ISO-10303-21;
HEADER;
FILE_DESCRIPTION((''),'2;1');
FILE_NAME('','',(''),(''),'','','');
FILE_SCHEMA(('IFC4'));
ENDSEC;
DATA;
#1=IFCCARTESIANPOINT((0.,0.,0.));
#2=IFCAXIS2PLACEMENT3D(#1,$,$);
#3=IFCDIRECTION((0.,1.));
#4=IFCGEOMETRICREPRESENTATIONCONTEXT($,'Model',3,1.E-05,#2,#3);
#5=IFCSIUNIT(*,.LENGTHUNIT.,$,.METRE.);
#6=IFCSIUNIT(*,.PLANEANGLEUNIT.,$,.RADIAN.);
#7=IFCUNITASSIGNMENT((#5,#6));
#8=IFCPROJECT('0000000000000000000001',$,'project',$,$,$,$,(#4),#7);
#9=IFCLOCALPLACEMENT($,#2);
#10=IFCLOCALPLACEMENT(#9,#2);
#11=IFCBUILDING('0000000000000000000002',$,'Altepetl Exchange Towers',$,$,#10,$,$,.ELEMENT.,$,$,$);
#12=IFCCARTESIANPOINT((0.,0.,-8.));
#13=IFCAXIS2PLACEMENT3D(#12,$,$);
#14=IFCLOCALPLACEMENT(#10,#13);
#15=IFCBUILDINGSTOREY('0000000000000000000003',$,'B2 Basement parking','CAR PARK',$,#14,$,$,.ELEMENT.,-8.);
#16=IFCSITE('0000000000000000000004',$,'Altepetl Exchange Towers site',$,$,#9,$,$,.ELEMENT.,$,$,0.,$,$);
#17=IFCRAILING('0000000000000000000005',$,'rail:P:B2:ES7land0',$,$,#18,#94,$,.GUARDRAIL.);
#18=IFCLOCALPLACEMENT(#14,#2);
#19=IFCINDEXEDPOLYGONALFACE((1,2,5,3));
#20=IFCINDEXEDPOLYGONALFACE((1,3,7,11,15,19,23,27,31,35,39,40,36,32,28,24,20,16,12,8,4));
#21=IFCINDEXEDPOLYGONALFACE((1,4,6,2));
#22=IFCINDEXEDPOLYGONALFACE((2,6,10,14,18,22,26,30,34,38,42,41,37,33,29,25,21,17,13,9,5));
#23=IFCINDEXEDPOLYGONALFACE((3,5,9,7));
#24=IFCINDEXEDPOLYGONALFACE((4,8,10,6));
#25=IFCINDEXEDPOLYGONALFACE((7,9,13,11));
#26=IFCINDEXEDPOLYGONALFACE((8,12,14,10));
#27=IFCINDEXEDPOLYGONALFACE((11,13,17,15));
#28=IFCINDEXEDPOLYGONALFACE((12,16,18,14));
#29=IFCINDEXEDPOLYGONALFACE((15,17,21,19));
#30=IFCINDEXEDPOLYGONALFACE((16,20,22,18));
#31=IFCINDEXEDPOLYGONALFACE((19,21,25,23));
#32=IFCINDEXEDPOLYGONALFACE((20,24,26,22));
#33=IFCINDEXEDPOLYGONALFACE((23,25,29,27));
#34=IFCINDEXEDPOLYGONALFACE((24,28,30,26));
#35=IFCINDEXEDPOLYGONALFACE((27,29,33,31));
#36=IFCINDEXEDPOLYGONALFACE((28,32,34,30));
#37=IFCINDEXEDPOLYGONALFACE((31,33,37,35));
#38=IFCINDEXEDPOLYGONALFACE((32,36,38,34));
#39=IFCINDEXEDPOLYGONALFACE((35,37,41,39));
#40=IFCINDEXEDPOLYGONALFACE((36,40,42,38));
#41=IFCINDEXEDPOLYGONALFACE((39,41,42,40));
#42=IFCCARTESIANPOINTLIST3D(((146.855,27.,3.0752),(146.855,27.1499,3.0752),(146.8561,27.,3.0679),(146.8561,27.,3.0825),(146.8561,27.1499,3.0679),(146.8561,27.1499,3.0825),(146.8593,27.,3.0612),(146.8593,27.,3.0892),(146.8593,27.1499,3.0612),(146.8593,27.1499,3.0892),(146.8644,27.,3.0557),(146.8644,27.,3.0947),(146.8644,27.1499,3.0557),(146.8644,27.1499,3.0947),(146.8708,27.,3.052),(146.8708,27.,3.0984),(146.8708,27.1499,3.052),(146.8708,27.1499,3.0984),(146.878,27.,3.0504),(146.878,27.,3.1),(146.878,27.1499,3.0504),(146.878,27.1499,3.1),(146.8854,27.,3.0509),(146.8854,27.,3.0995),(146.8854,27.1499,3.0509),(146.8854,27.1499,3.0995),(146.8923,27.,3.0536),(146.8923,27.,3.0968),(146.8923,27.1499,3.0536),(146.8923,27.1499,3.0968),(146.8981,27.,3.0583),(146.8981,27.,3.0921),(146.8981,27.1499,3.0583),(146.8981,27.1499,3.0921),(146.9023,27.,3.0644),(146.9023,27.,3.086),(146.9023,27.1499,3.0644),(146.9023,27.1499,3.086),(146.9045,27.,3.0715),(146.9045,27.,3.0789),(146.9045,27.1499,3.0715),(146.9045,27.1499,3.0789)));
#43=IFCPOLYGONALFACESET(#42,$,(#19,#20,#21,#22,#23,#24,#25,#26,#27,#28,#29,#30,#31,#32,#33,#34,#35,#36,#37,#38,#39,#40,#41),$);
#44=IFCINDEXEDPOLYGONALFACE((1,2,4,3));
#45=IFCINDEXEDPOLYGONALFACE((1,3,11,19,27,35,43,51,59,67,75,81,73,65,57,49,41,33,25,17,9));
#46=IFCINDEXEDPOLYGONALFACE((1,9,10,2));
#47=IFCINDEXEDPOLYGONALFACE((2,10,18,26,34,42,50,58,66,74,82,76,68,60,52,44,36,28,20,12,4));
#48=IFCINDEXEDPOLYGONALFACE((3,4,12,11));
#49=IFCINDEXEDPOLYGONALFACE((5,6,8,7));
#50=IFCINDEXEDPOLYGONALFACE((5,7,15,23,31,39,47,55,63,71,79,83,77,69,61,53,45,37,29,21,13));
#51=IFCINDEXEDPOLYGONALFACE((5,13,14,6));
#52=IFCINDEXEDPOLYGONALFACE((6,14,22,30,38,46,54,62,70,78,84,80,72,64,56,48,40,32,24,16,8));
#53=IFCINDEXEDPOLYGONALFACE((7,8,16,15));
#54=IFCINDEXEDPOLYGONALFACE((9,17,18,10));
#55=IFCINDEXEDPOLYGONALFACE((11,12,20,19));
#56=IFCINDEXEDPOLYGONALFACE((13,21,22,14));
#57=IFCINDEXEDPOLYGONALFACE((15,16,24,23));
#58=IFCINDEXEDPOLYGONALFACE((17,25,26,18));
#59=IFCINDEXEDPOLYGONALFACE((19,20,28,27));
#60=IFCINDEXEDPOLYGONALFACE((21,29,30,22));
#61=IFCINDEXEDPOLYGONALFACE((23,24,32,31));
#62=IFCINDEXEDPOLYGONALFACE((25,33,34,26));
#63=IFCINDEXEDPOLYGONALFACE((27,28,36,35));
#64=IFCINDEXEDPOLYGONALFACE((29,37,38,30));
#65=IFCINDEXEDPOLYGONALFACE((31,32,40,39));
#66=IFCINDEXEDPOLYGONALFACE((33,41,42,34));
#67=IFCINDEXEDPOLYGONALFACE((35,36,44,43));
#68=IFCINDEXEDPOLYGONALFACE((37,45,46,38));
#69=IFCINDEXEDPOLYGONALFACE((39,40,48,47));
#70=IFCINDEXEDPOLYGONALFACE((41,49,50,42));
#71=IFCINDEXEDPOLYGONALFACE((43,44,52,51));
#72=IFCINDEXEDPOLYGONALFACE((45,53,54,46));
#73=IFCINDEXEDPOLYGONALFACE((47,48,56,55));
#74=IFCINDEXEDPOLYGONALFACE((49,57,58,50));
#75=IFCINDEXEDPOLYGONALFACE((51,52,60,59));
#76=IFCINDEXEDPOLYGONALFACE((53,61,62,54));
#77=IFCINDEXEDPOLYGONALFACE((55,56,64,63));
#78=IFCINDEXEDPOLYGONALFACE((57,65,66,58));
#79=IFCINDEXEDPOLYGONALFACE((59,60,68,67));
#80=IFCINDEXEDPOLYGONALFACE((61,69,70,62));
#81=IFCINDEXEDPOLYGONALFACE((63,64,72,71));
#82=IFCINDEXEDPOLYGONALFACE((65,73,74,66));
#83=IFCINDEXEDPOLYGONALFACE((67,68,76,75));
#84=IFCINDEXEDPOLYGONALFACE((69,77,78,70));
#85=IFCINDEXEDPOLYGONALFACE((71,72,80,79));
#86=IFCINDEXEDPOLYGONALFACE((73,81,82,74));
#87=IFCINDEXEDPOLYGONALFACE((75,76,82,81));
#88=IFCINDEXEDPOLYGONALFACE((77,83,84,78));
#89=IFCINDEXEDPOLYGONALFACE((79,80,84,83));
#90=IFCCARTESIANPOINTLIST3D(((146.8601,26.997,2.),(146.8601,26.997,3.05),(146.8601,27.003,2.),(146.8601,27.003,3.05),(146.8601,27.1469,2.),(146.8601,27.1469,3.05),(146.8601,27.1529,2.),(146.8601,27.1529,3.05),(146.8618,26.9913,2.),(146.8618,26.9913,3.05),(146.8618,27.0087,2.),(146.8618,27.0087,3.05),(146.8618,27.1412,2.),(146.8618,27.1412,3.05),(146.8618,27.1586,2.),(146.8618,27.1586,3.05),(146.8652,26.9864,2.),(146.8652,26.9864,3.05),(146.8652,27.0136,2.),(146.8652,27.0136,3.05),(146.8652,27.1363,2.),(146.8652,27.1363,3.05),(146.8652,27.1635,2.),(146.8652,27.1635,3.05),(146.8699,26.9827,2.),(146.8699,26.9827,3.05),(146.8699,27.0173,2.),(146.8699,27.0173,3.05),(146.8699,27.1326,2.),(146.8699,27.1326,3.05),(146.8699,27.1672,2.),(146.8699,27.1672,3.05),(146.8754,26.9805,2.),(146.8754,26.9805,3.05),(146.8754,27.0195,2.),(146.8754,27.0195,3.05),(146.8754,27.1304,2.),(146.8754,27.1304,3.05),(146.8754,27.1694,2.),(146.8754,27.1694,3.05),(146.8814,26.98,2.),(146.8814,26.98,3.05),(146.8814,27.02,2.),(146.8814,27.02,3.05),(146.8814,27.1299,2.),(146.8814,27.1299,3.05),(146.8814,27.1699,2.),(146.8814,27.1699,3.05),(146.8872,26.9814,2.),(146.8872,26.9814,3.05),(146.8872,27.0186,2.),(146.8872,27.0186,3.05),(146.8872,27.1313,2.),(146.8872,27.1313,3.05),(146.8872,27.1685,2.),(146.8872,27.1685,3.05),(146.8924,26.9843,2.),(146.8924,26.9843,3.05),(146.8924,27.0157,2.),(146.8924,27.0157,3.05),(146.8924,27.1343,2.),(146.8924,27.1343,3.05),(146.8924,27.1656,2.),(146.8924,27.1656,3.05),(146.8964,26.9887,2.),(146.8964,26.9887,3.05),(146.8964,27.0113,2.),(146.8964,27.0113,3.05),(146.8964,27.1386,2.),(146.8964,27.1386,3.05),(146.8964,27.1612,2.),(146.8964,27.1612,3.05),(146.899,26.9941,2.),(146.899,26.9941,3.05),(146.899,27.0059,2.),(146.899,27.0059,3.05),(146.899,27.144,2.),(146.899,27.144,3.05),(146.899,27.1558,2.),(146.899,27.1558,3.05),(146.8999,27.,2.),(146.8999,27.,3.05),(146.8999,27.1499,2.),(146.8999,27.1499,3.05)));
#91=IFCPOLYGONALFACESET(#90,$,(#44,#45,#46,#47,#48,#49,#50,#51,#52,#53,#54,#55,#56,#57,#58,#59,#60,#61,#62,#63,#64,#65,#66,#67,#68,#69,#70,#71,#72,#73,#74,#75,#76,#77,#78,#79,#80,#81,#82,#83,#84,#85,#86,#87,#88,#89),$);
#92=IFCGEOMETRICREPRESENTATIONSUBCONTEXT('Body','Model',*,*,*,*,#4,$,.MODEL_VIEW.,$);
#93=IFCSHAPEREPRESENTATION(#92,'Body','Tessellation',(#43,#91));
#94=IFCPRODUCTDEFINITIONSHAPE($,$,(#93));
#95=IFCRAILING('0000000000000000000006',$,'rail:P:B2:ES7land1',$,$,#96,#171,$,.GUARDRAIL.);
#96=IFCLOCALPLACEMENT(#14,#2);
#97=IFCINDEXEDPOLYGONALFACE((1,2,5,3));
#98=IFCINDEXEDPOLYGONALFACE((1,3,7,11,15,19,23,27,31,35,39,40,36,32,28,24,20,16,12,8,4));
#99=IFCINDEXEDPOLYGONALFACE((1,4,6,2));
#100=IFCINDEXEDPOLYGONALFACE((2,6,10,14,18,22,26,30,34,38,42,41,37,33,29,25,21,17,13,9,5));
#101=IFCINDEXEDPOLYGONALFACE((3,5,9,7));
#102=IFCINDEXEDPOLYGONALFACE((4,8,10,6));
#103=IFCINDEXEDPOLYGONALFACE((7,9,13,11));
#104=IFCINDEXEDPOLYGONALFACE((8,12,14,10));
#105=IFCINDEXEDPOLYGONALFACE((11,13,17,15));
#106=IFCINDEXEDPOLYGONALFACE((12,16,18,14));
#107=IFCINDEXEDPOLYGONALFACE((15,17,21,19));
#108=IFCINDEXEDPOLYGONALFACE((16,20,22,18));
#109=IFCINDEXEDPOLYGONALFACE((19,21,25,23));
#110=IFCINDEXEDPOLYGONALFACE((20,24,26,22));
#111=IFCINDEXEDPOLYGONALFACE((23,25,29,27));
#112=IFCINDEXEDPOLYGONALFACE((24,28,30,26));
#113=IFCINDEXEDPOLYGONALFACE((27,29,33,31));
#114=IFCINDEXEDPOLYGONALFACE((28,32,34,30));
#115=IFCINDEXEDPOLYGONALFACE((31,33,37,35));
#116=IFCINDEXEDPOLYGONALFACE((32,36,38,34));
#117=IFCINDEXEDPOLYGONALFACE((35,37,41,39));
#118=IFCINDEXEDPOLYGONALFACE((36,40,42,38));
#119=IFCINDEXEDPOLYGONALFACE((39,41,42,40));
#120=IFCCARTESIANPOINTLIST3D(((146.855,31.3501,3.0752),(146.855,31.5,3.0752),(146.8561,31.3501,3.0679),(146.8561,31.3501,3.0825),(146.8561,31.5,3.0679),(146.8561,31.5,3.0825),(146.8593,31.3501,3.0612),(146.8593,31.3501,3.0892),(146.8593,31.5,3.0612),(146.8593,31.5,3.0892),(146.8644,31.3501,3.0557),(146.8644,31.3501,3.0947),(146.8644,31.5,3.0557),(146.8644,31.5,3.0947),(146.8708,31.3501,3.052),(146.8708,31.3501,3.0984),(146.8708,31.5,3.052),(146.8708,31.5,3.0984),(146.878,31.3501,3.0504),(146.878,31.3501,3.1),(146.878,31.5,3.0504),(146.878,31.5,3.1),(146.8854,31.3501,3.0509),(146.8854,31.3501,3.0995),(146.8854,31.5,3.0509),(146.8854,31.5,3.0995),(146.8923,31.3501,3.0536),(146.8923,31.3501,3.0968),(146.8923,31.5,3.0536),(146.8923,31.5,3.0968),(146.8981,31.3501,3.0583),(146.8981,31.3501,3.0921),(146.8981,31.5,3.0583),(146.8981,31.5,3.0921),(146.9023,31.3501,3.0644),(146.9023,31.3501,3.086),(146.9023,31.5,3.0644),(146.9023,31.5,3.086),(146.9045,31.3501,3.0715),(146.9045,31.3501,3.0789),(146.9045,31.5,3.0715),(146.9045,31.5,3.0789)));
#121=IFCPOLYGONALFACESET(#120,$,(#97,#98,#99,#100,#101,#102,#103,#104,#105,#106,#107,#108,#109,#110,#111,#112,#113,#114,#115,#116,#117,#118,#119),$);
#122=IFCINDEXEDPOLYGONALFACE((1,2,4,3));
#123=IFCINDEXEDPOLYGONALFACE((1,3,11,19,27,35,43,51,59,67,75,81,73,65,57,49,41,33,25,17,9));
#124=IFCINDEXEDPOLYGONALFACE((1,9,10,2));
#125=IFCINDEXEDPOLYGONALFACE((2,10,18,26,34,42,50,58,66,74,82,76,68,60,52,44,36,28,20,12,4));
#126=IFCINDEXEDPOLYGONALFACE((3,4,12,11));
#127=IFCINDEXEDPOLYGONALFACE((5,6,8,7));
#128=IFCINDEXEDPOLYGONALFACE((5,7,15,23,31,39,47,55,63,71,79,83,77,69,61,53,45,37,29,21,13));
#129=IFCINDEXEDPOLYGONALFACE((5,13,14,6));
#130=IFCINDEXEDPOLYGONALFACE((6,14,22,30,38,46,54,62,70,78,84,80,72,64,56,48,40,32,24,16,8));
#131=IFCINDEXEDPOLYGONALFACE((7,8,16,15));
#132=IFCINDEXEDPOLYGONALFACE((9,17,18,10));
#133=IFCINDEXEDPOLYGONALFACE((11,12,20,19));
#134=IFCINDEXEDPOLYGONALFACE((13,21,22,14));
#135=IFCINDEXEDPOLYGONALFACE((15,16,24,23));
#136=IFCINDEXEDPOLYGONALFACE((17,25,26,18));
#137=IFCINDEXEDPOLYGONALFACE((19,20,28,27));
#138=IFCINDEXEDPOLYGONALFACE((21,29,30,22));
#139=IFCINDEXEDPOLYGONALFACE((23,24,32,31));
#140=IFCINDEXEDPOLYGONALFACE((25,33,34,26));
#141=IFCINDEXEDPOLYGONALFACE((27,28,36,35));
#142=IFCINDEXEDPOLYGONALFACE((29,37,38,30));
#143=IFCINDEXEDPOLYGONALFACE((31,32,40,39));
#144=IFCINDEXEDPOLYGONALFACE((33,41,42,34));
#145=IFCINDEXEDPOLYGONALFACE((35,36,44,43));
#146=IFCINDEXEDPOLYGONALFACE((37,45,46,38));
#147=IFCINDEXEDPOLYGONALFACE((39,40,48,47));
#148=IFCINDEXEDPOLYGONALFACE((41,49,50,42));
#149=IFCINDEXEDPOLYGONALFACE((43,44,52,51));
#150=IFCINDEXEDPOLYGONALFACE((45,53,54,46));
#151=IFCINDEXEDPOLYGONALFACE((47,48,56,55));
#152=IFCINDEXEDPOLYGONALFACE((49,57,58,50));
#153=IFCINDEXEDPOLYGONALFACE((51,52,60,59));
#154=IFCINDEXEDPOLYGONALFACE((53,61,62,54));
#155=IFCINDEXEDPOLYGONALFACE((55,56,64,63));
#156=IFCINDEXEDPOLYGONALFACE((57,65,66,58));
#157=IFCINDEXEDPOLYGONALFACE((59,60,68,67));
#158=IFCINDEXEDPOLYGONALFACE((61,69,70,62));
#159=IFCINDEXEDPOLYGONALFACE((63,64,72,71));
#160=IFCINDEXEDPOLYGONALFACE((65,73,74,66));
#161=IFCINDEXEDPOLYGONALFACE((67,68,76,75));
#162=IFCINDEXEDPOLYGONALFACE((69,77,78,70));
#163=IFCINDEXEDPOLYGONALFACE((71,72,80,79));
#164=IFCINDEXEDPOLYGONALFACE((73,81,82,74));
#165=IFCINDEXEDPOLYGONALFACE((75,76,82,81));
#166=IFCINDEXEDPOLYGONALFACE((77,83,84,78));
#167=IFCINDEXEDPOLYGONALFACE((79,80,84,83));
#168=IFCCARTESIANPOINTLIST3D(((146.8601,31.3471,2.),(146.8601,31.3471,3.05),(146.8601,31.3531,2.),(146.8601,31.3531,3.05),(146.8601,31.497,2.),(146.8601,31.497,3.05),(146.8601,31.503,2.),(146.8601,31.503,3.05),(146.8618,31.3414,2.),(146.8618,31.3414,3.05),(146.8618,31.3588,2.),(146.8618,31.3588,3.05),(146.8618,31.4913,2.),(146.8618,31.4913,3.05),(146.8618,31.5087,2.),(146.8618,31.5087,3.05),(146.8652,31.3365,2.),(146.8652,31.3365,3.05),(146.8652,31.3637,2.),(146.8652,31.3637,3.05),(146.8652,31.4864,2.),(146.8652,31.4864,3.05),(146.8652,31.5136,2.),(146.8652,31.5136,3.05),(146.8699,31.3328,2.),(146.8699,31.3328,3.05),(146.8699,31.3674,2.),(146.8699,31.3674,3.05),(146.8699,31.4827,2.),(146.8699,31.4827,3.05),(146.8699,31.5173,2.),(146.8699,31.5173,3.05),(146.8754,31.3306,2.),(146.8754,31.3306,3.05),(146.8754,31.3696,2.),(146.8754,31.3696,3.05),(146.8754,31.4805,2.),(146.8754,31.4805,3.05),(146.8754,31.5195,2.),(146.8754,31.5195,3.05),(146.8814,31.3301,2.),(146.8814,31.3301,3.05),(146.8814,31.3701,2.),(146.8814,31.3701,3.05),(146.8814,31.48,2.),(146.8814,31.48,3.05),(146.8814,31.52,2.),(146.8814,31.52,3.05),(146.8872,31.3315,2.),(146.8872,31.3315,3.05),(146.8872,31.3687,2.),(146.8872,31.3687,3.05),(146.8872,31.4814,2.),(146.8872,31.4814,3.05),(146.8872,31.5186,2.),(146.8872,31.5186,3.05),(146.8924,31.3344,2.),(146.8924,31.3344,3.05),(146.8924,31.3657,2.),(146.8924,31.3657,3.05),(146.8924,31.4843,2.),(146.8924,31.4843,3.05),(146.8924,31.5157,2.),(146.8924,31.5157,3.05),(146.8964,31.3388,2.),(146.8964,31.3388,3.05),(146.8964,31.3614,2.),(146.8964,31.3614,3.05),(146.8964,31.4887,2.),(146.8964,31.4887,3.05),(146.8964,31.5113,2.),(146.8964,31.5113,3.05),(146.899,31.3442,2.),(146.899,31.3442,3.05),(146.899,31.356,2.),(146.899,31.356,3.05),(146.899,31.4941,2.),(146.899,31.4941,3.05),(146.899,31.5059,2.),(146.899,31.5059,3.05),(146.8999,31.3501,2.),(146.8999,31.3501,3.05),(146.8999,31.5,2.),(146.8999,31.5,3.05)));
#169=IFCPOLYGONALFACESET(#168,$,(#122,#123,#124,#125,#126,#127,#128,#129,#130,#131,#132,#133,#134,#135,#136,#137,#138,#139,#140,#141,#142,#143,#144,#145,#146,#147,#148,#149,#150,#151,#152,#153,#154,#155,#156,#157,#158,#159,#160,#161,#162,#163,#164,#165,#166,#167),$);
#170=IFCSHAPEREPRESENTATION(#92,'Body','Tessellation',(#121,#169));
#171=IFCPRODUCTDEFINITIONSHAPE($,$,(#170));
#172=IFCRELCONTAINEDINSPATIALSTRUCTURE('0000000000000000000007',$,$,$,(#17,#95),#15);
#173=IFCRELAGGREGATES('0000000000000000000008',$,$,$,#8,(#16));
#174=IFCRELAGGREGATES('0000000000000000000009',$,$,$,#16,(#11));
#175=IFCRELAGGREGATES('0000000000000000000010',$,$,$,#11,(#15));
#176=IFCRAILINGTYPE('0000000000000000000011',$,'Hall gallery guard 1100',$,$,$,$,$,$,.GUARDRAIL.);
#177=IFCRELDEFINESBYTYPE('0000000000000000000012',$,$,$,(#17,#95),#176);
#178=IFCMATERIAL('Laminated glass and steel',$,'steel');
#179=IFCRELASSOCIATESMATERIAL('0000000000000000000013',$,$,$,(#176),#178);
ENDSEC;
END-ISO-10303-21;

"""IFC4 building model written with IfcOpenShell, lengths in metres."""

from ifc_helpers import new_model, si_unit, direction, frame, origin, origin_2d, place, context, subcontext, project, spatial, circle, extrude, source, transform, mapped, material, type_object, element, save


model = new_model("IFC4")

# Units and contexts
model_context = context("Model", 3, precision=1e-05, world=origin(), true_north=direction((0.0, 1.0)))
body_context = subcontext(model_context, "Body", "Model", "MODEL_VIEW")
ifc_project = project(units=[si_unit("LENGTHUNIT", "METRE"), si_unit("PLANEANGLEUNIT", "RADIAN")], contexts=[model_context])

# Site, building, storey
site_placement = place(None, origin())
site = spatial("IfcSite", under=ifc_project, at=site_placement, Name="Altepetl Exchange Towers site", CompositionType="ELEMENT", RefElevation=0.0)
building_placement = place(site_placement, origin())
building = spatial("IfcBuilding", under=site, at=building_placement, Name="Altepetl Exchange Towers", CompositionType="ELEMENT")
storey_placement = place(building_placement, frame((0.0, 0.0, -8.0)))
storey = spatial("IfcBuildingStorey", under=building, at=storey_placement, Name="B2 Basement parking", Description="CAR PARK", CompositionType="ELEMENT", Elevation=-8.0)

# Railings
ifc_material_1 = material(Name="Laminated glass and steel", Category="steel")
railing_type_1 = type_object("IfcRailingType", Name="Hall gallery guard 1100", PredefinedType="GUARDRAIL", material=ifc_material_1)
shared_shape_1 = source(origin(), body_context, "Body", "SweptSolid", [
    extrude(circle(Radius=0.02, at=origin_2d()), origin(), (0.0, 0.0, 1.0), 1.05),
])
for number, where, name in (
    (1, (146.8799, 27.0, 2.0), "rail:P:B2:ES7land0"),
    (2, (146.8799, 31.3501, 2.0), "rail:P:B2:ES7land1"),
):
    element("IfcRailing", number, at=place(storey_placement, frame(where)), inside=storey, type_object=railing_type_1, Name=name, PredefinedType="GUARDRAIL", context=body_context, shape_type="SweptSolid", body=[
        extrude(circle(Radius=0.0249, at=origin_2d()), frame((0.0, 0.0, 1.0752), z_axis=(0.0, 1.0, 0.0), x_axis=(-1.0, 0.0, 0.0)), (0.0, 0.0, 1.0), 0.1499),
        mapped(shared_shape_1, transform((0.0, 0.0, 0.0))),
        mapped(shared_shape_1, transform((0.0, 0.1499, 0.0))),
    ])

save(model, "model.ifc")
